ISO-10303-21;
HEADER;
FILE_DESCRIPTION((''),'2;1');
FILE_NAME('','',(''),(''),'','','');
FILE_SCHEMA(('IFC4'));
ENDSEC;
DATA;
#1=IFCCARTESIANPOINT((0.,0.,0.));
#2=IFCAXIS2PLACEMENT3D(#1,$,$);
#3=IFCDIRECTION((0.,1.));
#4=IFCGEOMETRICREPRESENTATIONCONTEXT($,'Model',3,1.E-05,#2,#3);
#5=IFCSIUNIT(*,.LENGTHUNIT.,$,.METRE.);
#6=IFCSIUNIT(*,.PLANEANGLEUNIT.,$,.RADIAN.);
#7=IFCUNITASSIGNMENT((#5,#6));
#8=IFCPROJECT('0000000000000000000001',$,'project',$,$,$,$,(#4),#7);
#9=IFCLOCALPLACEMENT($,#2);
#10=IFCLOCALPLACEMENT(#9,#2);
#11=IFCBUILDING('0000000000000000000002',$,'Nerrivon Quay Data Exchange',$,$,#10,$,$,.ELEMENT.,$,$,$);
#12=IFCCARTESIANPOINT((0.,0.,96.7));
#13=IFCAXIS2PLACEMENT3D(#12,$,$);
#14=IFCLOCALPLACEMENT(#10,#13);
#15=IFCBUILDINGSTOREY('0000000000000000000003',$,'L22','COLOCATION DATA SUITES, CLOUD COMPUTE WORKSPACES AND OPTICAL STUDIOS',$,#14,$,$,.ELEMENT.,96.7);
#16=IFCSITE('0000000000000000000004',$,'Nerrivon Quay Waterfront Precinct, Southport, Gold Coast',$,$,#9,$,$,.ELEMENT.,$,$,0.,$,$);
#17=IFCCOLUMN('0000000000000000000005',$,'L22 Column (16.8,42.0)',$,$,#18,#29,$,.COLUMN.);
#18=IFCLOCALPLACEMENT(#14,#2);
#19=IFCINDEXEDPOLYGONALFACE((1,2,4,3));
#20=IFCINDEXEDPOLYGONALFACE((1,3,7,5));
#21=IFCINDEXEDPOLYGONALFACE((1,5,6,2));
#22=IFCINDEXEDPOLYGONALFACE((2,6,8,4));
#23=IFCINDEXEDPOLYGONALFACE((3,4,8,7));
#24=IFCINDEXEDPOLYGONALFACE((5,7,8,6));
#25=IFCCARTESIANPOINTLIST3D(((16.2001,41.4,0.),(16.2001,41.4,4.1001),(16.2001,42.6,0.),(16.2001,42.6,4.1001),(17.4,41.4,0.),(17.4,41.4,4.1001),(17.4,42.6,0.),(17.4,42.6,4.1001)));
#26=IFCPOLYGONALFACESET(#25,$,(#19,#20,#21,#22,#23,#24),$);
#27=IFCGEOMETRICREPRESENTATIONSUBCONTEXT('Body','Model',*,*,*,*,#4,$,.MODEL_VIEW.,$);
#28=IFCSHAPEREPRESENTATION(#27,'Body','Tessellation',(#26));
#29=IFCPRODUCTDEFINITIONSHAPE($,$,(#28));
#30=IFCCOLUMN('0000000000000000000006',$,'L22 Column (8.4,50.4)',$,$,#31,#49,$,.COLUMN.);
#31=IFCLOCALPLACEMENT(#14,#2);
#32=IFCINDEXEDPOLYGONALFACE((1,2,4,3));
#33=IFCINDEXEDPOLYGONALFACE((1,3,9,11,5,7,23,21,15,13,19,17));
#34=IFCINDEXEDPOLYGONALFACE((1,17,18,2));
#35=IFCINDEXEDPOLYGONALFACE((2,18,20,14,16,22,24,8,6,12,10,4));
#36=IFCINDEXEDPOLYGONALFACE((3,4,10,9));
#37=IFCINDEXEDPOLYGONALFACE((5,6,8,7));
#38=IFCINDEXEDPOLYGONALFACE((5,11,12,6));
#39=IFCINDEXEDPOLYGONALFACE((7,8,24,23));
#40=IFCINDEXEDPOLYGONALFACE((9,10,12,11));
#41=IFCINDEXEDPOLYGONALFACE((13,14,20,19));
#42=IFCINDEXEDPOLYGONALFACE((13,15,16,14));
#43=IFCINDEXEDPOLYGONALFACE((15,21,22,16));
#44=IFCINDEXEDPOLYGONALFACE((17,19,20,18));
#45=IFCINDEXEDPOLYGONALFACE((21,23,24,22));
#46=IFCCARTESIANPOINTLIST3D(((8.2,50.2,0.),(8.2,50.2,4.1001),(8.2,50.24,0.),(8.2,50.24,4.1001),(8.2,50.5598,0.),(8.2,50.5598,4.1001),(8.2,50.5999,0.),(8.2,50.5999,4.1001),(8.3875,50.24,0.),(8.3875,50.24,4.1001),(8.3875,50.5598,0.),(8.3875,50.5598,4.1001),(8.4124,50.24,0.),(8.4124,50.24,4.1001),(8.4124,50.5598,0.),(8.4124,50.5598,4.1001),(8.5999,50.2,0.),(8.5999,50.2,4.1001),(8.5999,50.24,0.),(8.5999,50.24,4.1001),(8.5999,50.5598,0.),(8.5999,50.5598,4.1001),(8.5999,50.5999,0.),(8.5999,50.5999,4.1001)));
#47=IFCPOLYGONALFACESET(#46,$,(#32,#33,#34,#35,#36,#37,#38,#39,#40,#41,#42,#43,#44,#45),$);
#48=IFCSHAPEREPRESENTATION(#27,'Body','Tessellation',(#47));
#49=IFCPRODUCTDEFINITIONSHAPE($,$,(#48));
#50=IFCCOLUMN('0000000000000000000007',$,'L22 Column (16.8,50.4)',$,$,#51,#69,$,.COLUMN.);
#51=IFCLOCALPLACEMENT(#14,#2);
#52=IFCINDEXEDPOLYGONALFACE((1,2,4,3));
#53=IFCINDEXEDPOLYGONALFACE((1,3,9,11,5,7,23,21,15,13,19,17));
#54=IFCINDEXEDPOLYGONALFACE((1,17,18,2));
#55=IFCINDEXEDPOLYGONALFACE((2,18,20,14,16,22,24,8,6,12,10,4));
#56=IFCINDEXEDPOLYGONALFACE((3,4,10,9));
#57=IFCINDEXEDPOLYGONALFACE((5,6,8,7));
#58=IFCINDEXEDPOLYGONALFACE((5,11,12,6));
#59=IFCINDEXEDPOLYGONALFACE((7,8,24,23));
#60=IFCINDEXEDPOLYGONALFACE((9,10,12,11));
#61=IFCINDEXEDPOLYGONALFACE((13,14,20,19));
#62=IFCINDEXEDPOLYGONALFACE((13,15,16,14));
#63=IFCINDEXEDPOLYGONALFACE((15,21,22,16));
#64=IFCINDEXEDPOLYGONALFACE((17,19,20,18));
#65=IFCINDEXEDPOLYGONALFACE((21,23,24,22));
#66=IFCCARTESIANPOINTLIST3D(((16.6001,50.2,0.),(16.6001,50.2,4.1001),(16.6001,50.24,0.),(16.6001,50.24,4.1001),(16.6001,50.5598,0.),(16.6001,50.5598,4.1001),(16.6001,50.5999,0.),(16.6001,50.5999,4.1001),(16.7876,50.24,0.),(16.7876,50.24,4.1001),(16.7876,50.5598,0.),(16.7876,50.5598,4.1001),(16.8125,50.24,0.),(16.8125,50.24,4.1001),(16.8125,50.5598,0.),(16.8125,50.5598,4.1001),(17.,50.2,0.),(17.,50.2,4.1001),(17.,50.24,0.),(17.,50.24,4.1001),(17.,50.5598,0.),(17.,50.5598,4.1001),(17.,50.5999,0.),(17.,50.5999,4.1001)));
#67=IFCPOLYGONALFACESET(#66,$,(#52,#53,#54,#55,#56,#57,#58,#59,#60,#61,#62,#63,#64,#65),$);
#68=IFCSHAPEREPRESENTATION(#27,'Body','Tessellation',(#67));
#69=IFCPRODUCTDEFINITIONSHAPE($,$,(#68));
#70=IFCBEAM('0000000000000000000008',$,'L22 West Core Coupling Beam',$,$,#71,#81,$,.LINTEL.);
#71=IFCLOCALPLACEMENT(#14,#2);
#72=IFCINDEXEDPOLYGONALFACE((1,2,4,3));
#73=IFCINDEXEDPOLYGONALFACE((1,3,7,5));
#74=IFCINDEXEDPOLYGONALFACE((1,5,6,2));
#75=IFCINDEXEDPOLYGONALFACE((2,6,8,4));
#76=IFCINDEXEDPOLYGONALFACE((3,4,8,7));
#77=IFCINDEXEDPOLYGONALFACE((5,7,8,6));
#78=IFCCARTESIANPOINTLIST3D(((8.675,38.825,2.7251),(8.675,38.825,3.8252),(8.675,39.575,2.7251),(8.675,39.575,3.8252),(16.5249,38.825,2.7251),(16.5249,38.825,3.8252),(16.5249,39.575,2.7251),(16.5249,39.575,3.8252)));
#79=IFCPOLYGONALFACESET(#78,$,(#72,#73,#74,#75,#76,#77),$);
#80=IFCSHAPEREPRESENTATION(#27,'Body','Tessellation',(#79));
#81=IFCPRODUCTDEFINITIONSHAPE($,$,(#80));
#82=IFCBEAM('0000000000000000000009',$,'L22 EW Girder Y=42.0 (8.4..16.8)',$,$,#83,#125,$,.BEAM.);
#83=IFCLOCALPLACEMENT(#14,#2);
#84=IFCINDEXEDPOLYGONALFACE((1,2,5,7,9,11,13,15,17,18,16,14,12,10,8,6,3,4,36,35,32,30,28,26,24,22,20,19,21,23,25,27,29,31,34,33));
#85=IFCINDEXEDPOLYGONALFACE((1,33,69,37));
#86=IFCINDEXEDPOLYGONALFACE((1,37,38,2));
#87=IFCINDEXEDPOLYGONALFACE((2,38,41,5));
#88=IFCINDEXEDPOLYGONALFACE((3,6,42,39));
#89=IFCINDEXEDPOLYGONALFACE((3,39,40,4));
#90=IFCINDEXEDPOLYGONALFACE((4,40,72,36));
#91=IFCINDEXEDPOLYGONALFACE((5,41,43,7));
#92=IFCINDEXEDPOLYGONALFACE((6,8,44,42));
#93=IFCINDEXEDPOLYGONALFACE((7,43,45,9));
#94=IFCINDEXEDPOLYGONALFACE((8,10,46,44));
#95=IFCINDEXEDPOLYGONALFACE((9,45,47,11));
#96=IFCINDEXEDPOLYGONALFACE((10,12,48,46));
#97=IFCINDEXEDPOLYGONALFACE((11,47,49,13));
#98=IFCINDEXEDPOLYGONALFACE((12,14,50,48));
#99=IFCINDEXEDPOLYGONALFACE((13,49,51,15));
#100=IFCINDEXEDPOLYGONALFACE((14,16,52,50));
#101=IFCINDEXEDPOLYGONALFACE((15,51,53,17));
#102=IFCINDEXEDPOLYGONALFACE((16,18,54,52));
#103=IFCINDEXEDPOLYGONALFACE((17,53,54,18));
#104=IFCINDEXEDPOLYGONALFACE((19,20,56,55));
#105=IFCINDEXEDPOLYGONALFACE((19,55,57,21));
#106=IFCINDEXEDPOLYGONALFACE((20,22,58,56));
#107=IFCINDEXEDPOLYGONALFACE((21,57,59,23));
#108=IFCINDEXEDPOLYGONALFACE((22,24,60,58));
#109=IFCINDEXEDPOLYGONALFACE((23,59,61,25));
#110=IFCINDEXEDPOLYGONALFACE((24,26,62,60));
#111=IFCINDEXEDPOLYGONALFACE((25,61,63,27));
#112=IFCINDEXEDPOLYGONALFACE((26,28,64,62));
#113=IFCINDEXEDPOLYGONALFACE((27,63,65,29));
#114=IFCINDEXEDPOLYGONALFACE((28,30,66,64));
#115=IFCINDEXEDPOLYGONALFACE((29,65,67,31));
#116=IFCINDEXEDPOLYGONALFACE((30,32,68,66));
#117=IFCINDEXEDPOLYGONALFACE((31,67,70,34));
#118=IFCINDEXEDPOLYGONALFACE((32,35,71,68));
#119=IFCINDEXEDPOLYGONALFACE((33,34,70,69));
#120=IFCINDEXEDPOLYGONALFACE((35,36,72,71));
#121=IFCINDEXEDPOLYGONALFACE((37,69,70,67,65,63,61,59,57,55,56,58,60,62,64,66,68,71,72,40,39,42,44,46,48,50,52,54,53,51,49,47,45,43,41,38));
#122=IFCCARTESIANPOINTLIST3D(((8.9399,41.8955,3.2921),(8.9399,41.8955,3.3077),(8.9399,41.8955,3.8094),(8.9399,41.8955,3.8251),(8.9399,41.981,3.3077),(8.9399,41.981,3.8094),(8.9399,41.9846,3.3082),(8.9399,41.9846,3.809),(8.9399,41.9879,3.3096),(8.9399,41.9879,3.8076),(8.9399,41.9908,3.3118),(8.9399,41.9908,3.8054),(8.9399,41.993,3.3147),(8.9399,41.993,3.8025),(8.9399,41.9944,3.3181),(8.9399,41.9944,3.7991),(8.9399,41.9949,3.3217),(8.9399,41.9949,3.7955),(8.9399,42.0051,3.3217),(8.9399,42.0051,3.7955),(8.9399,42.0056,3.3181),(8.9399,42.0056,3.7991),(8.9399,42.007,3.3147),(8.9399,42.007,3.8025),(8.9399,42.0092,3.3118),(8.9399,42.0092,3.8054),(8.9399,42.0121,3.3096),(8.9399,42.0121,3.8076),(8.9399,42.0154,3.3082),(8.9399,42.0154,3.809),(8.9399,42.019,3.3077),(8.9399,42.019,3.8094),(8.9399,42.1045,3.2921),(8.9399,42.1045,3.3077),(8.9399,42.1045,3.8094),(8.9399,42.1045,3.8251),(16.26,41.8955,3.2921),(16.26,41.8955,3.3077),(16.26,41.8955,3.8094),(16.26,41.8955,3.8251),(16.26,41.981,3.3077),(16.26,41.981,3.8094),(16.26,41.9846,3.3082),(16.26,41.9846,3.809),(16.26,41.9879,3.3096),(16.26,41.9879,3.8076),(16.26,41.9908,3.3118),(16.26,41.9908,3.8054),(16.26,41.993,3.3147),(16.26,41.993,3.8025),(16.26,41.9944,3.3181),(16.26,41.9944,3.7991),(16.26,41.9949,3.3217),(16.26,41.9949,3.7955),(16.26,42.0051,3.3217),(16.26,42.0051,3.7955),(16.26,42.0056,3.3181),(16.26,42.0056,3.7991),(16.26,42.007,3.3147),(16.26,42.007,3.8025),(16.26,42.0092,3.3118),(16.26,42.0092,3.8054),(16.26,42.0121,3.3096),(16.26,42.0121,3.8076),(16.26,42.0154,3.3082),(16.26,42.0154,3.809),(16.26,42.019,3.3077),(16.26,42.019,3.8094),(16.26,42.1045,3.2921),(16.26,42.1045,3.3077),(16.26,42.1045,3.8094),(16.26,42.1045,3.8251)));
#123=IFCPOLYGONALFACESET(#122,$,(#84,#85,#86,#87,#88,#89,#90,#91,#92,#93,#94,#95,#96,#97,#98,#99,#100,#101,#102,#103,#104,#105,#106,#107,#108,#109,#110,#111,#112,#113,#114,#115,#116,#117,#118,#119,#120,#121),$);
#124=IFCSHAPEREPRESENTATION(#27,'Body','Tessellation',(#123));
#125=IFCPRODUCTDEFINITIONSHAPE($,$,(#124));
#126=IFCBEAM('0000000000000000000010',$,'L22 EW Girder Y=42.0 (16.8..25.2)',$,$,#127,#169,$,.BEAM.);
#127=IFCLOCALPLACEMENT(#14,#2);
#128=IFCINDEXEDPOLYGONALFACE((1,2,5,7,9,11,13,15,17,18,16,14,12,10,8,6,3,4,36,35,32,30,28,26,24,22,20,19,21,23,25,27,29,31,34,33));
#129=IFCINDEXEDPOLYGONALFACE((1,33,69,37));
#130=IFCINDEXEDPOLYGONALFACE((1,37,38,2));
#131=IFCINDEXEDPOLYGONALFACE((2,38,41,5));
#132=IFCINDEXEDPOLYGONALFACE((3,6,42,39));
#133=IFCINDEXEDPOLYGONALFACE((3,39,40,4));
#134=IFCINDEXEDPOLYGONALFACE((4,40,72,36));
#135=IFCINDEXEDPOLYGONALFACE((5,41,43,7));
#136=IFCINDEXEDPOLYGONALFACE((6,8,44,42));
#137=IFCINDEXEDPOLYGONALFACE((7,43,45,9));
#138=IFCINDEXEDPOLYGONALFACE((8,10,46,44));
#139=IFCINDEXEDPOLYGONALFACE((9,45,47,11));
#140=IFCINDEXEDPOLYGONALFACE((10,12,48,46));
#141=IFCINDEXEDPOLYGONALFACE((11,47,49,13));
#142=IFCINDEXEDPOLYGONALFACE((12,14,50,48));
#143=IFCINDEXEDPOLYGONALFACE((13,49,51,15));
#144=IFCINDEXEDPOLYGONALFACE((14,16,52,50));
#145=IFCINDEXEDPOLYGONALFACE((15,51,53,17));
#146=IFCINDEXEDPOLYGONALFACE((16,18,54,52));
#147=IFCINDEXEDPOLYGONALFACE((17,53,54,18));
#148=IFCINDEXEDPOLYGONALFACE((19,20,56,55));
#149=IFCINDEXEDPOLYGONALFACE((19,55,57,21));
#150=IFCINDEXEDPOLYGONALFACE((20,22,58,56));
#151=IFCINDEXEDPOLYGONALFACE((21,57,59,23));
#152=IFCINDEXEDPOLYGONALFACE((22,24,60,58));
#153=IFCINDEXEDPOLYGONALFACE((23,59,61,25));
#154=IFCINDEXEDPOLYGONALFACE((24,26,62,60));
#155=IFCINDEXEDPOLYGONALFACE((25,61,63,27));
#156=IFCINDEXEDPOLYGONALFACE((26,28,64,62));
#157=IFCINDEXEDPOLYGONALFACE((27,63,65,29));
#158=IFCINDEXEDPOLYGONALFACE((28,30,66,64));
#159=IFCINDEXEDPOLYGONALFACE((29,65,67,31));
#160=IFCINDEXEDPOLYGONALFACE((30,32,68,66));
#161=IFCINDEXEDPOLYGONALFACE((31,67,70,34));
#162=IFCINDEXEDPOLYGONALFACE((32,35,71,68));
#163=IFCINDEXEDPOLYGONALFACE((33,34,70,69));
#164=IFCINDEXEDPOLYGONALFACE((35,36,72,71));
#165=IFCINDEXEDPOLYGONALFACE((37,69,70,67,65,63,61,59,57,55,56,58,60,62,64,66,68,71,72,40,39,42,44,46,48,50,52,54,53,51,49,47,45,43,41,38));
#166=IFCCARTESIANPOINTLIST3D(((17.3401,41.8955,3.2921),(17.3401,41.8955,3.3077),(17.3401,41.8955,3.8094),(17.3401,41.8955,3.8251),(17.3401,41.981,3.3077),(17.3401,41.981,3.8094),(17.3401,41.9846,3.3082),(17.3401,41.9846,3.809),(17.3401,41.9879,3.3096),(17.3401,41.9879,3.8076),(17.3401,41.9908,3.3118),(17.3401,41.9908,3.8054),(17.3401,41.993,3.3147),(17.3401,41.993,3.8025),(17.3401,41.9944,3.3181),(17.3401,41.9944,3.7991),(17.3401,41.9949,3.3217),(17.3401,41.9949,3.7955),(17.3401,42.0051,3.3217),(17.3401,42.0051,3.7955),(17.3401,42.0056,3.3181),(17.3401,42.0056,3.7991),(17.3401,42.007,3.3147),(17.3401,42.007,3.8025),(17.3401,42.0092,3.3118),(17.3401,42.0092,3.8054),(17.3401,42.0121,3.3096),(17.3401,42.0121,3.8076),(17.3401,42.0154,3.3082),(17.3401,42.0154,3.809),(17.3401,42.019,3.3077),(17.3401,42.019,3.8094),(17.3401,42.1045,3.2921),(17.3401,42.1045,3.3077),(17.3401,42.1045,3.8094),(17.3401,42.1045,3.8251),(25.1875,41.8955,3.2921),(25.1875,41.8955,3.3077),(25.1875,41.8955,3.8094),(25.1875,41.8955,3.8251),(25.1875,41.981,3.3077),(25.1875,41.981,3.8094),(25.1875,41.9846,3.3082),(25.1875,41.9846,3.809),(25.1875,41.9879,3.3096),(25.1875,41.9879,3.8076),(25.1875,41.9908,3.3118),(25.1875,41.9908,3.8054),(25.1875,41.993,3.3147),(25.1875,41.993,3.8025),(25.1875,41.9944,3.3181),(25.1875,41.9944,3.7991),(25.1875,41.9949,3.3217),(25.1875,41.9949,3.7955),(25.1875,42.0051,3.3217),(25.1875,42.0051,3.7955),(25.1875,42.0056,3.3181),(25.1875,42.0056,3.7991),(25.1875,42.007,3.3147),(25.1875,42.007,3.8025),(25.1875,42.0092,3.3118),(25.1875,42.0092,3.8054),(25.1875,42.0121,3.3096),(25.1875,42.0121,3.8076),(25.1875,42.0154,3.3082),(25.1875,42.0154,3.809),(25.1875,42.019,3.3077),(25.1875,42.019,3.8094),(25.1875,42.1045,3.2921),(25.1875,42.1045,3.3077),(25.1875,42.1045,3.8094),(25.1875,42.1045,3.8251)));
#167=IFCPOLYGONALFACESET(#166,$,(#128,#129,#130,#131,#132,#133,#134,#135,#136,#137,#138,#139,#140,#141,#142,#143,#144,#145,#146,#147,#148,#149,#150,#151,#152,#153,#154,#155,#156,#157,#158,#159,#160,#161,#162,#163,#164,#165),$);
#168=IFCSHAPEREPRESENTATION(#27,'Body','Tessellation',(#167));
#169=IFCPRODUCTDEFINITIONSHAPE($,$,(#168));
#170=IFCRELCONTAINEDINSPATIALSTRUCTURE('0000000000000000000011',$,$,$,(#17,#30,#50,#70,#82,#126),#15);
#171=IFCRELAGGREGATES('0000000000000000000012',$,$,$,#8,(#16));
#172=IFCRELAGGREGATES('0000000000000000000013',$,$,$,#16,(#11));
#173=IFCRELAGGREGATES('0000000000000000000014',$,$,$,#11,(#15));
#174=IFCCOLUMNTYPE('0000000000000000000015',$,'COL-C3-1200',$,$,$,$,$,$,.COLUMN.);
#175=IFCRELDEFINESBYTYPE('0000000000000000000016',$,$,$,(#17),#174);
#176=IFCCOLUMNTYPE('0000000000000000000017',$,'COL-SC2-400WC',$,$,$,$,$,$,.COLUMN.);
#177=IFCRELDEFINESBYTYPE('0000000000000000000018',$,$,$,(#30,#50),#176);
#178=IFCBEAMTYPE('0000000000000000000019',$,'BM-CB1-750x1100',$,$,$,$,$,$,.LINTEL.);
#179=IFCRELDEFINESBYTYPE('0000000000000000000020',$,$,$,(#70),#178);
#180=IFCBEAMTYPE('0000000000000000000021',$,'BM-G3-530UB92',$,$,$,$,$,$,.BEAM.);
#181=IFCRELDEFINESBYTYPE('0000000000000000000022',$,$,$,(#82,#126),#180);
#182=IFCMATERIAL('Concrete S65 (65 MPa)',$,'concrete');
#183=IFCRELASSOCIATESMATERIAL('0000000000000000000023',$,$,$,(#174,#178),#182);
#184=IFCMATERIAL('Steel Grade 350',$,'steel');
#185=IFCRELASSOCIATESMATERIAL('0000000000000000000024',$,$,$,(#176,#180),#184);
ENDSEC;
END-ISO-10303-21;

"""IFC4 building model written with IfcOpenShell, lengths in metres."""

from ifc_helpers import new_model, si_unit, direction, frame, origin, origin_2d, place, context, subcontext, project, spatial, rectangle, i_section, extrude, material, material_profile, profile_set, type_object, element, save


model = new_model("IFC4")

# Units and contexts
model_context = context("Model", 3, precision=1e-05, world=origin(), true_north=direction((0.0, 1.0)))
body_context = subcontext(model_context, "Body", "Model", "MODEL_VIEW")
ifc_project = project(units=[si_unit("LENGTHUNIT", "METRE"), si_unit("PLANEANGLEUNIT", "RADIAN")], contexts=[model_context])

# Site, building, storey
site_placement = place(None, origin())
site = spatial("IfcSite", under=ifc_project, at=site_placement, Name="Nerrivon Quay Waterfront Precinct, Southport, Gold Coast", CompositionType="ELEMENT", RefElevation=0.0)
building_placement = place(site_placement, origin())
building = spatial("IfcBuilding", under=site, at=building_placement, Name="Nerrivon Quay Data Exchange", CompositionType="ELEMENT")
storey_placement = place(building_placement, frame((0.0, 0.0, 96.7)))
storey = spatial("IfcBuildingStorey", under=building, at=storey_placement, Name="L22", Description="COLOCATION DATA SUITES, CLOUD COMPUTE WORKSPACES AND OPTICAL STUDIOS", CompositionType="ELEMENT", Elevation=96.7)

# Columns
ifc_material_1 = material(Name="Concrete S65 (65 MPa)", Category="concrete")
ifc_material_profile_1 = material_profile(ifc_material_1, rectangle(XDim=1.2, YDim=1.2, at=origin_2d()), Name="RC-COL-1200x1200")
ifc_profile_set_1 = profile_set([ifc_material_profile_1], Name="Concrete S65 (65 MPa)")
column_type_1 = type_object("IfcColumnType", Name="COL-C3-1200", PredefinedType="COLUMN", material=ifc_profile_set_1)
column_placement = place(storey_placement, frame((16.8, 42.0, 0.0), z_axis=(0.0, 0.0, 1.0), x_axis=(1.0, 0.0, 0.0)))
element("IfcColumn", 1, at=column_placement, inside=storey, type_object=column_type_1, Name="L22 Column (16.8,42.0)", PredefinedType="COLUMN", context=body_context, shape_type="SweptSolid", body=[
    extrude(rectangle(XDim=1.2, YDim=1.2, at=origin_2d()), origin(), (0.0, 0.0, 1.0), 4.1001),
])
ifc_material_2 = material(Name="Steel Grade 350", Category="steel")
ifc_material_profile_2 = material_profile(ifc_material_2, i_section(OverallWidth=0.3999, OverallDepth=0.3999, WebThickness=0.0249, FlangeThickness=0.04, at=origin_2d()), Name="400WC328")
ifc_profile_set_2 = profile_set([ifc_material_profile_2], Name="Steel Grade 350")
column_type_2 = type_object("IfcColumnType", Name="COL-SC2-400WC", PredefinedType="COLUMN", material=ifc_profile_set_2)
for number, where, z_axis, x_axis, name in (
    (2, (8.3999, 50.3999, 0.0), (0.0, 0.0, 1.0), (1.0, 0.0, 0.0), "L22 Column (8.4,50.4)"),
    (3, (16.8, 50.3999, 0.0), (0.0, 0.0, 1.0), (1.0, 0.0, 0.0), "L22 Column (16.8,50.4)"),
):
    element("IfcColumn", number, at=place(storey_placement, frame(where, z_axis=z_axis, x_axis=x_axis)), inside=storey, type_object=column_type_2, Name=name, PredefinedType="COLUMN", context=body_context, shape_type="SweptSolid", body=[
        extrude(i_section(OverallWidth=0.3999, OverallDepth=0.3999, WebThickness=0.0249, FlangeThickness=0.04, at=origin_2d()), origin(), (0.0, 0.0, 1.0), 4.1001),
    ])

# Beams
ifc_material_profile_3 = material_profile(ifc_material_1, rectangle(XDim=0.75, YDim=1.1001, at=origin_2d()), Name="RC-CB-750x1100")
ifc_profile_set_3 = profile_set([ifc_material_profile_3], Name="Concrete S65 (65 MPa)")
beam_type_1 = type_object("IfcBeamType", Name="BM-CB1-750x1100", PredefinedType="LINTEL", material=ifc_profile_set_3)
beam_1_placement = place(storey_placement, frame((8.675, 39.2, 3.2751), z_axis=(1.0, 0.0, 0.0), x_axis=(0.0, 1.0, 0.0)))
element("IfcBeam", 4, at=beam_1_placement, inside=storey, type_object=beam_type_1, Name="L22 West Core Coupling Beam", PredefinedType="LINTEL", context=body_context, shape_type="SweptSolid", body=[
    extrude(rectangle(XDim=0.75, YDim=1.1001, at=origin_2d()), origin(), (0.0, 0.0, 1.0), 7.8499),
])
ifc_material_profile_4 = material_profile(ifc_material_2, i_section(OverallWidth=0.209, OverallDepth=0.533, WebThickness=0.0103, FlangeThickness=0.0156, FilletRadius=0.0139, at=origin_2d()), Name="530UB92.4")
ifc_profile_set_4 = profile_set([ifc_material_profile_4], Name="Steel Grade 350")
beam_type_2 = type_object("IfcBeamType", Name="BM-G3-530UB92", PredefinedType="BEAM", material=ifc_profile_set_4)
beam_2_placement = place(storey_placement, frame((8.9399, 42.0, 3.5586), z_axis=(1.0, 0.0, 0.0), x_axis=(0.0, 1.0, 0.0)))
element("IfcBeam", 5, at=beam_2_placement, inside=storey, type_object=beam_type_2, Name="L22 EW Girder Y=42.0 (8.4..16.8)", PredefinedType="BEAM", context=body_context, shape_type="SweptSolid", body=[
    extrude(i_section(OverallWidth=0.209, OverallDepth=0.533, WebThickness=0.0103, FlangeThickness=0.0156, FilletRadius=0.0139, at=origin_2d()), origin(), (0.0, 0.0, 1.0), 7.3201),
])
beam_3_placement = place(storey_placement, frame((17.3401, 42.0, 3.5586), z_axis=(1.0, 0.0, 0.0), x_axis=(0.0, 1.0, 0.0)))
element("IfcBeam", 6, at=beam_3_placement, inside=storey, type_object=beam_type_2, Name="L22 EW Girder Y=42.0 (16.8..25.2)", PredefinedType="BEAM", context=body_context, shape_type="SweptSolid", body=[
    extrude(i_section(OverallWidth=0.209, OverallDepth=0.533, WebThickness=0.0103, FlangeThickness=0.0156, FilletRadius=0.0139, at=origin_2d()), origin(), (0.0, 0.0, 1.0), 7.8474),
])

save(model, "model.ifc")
